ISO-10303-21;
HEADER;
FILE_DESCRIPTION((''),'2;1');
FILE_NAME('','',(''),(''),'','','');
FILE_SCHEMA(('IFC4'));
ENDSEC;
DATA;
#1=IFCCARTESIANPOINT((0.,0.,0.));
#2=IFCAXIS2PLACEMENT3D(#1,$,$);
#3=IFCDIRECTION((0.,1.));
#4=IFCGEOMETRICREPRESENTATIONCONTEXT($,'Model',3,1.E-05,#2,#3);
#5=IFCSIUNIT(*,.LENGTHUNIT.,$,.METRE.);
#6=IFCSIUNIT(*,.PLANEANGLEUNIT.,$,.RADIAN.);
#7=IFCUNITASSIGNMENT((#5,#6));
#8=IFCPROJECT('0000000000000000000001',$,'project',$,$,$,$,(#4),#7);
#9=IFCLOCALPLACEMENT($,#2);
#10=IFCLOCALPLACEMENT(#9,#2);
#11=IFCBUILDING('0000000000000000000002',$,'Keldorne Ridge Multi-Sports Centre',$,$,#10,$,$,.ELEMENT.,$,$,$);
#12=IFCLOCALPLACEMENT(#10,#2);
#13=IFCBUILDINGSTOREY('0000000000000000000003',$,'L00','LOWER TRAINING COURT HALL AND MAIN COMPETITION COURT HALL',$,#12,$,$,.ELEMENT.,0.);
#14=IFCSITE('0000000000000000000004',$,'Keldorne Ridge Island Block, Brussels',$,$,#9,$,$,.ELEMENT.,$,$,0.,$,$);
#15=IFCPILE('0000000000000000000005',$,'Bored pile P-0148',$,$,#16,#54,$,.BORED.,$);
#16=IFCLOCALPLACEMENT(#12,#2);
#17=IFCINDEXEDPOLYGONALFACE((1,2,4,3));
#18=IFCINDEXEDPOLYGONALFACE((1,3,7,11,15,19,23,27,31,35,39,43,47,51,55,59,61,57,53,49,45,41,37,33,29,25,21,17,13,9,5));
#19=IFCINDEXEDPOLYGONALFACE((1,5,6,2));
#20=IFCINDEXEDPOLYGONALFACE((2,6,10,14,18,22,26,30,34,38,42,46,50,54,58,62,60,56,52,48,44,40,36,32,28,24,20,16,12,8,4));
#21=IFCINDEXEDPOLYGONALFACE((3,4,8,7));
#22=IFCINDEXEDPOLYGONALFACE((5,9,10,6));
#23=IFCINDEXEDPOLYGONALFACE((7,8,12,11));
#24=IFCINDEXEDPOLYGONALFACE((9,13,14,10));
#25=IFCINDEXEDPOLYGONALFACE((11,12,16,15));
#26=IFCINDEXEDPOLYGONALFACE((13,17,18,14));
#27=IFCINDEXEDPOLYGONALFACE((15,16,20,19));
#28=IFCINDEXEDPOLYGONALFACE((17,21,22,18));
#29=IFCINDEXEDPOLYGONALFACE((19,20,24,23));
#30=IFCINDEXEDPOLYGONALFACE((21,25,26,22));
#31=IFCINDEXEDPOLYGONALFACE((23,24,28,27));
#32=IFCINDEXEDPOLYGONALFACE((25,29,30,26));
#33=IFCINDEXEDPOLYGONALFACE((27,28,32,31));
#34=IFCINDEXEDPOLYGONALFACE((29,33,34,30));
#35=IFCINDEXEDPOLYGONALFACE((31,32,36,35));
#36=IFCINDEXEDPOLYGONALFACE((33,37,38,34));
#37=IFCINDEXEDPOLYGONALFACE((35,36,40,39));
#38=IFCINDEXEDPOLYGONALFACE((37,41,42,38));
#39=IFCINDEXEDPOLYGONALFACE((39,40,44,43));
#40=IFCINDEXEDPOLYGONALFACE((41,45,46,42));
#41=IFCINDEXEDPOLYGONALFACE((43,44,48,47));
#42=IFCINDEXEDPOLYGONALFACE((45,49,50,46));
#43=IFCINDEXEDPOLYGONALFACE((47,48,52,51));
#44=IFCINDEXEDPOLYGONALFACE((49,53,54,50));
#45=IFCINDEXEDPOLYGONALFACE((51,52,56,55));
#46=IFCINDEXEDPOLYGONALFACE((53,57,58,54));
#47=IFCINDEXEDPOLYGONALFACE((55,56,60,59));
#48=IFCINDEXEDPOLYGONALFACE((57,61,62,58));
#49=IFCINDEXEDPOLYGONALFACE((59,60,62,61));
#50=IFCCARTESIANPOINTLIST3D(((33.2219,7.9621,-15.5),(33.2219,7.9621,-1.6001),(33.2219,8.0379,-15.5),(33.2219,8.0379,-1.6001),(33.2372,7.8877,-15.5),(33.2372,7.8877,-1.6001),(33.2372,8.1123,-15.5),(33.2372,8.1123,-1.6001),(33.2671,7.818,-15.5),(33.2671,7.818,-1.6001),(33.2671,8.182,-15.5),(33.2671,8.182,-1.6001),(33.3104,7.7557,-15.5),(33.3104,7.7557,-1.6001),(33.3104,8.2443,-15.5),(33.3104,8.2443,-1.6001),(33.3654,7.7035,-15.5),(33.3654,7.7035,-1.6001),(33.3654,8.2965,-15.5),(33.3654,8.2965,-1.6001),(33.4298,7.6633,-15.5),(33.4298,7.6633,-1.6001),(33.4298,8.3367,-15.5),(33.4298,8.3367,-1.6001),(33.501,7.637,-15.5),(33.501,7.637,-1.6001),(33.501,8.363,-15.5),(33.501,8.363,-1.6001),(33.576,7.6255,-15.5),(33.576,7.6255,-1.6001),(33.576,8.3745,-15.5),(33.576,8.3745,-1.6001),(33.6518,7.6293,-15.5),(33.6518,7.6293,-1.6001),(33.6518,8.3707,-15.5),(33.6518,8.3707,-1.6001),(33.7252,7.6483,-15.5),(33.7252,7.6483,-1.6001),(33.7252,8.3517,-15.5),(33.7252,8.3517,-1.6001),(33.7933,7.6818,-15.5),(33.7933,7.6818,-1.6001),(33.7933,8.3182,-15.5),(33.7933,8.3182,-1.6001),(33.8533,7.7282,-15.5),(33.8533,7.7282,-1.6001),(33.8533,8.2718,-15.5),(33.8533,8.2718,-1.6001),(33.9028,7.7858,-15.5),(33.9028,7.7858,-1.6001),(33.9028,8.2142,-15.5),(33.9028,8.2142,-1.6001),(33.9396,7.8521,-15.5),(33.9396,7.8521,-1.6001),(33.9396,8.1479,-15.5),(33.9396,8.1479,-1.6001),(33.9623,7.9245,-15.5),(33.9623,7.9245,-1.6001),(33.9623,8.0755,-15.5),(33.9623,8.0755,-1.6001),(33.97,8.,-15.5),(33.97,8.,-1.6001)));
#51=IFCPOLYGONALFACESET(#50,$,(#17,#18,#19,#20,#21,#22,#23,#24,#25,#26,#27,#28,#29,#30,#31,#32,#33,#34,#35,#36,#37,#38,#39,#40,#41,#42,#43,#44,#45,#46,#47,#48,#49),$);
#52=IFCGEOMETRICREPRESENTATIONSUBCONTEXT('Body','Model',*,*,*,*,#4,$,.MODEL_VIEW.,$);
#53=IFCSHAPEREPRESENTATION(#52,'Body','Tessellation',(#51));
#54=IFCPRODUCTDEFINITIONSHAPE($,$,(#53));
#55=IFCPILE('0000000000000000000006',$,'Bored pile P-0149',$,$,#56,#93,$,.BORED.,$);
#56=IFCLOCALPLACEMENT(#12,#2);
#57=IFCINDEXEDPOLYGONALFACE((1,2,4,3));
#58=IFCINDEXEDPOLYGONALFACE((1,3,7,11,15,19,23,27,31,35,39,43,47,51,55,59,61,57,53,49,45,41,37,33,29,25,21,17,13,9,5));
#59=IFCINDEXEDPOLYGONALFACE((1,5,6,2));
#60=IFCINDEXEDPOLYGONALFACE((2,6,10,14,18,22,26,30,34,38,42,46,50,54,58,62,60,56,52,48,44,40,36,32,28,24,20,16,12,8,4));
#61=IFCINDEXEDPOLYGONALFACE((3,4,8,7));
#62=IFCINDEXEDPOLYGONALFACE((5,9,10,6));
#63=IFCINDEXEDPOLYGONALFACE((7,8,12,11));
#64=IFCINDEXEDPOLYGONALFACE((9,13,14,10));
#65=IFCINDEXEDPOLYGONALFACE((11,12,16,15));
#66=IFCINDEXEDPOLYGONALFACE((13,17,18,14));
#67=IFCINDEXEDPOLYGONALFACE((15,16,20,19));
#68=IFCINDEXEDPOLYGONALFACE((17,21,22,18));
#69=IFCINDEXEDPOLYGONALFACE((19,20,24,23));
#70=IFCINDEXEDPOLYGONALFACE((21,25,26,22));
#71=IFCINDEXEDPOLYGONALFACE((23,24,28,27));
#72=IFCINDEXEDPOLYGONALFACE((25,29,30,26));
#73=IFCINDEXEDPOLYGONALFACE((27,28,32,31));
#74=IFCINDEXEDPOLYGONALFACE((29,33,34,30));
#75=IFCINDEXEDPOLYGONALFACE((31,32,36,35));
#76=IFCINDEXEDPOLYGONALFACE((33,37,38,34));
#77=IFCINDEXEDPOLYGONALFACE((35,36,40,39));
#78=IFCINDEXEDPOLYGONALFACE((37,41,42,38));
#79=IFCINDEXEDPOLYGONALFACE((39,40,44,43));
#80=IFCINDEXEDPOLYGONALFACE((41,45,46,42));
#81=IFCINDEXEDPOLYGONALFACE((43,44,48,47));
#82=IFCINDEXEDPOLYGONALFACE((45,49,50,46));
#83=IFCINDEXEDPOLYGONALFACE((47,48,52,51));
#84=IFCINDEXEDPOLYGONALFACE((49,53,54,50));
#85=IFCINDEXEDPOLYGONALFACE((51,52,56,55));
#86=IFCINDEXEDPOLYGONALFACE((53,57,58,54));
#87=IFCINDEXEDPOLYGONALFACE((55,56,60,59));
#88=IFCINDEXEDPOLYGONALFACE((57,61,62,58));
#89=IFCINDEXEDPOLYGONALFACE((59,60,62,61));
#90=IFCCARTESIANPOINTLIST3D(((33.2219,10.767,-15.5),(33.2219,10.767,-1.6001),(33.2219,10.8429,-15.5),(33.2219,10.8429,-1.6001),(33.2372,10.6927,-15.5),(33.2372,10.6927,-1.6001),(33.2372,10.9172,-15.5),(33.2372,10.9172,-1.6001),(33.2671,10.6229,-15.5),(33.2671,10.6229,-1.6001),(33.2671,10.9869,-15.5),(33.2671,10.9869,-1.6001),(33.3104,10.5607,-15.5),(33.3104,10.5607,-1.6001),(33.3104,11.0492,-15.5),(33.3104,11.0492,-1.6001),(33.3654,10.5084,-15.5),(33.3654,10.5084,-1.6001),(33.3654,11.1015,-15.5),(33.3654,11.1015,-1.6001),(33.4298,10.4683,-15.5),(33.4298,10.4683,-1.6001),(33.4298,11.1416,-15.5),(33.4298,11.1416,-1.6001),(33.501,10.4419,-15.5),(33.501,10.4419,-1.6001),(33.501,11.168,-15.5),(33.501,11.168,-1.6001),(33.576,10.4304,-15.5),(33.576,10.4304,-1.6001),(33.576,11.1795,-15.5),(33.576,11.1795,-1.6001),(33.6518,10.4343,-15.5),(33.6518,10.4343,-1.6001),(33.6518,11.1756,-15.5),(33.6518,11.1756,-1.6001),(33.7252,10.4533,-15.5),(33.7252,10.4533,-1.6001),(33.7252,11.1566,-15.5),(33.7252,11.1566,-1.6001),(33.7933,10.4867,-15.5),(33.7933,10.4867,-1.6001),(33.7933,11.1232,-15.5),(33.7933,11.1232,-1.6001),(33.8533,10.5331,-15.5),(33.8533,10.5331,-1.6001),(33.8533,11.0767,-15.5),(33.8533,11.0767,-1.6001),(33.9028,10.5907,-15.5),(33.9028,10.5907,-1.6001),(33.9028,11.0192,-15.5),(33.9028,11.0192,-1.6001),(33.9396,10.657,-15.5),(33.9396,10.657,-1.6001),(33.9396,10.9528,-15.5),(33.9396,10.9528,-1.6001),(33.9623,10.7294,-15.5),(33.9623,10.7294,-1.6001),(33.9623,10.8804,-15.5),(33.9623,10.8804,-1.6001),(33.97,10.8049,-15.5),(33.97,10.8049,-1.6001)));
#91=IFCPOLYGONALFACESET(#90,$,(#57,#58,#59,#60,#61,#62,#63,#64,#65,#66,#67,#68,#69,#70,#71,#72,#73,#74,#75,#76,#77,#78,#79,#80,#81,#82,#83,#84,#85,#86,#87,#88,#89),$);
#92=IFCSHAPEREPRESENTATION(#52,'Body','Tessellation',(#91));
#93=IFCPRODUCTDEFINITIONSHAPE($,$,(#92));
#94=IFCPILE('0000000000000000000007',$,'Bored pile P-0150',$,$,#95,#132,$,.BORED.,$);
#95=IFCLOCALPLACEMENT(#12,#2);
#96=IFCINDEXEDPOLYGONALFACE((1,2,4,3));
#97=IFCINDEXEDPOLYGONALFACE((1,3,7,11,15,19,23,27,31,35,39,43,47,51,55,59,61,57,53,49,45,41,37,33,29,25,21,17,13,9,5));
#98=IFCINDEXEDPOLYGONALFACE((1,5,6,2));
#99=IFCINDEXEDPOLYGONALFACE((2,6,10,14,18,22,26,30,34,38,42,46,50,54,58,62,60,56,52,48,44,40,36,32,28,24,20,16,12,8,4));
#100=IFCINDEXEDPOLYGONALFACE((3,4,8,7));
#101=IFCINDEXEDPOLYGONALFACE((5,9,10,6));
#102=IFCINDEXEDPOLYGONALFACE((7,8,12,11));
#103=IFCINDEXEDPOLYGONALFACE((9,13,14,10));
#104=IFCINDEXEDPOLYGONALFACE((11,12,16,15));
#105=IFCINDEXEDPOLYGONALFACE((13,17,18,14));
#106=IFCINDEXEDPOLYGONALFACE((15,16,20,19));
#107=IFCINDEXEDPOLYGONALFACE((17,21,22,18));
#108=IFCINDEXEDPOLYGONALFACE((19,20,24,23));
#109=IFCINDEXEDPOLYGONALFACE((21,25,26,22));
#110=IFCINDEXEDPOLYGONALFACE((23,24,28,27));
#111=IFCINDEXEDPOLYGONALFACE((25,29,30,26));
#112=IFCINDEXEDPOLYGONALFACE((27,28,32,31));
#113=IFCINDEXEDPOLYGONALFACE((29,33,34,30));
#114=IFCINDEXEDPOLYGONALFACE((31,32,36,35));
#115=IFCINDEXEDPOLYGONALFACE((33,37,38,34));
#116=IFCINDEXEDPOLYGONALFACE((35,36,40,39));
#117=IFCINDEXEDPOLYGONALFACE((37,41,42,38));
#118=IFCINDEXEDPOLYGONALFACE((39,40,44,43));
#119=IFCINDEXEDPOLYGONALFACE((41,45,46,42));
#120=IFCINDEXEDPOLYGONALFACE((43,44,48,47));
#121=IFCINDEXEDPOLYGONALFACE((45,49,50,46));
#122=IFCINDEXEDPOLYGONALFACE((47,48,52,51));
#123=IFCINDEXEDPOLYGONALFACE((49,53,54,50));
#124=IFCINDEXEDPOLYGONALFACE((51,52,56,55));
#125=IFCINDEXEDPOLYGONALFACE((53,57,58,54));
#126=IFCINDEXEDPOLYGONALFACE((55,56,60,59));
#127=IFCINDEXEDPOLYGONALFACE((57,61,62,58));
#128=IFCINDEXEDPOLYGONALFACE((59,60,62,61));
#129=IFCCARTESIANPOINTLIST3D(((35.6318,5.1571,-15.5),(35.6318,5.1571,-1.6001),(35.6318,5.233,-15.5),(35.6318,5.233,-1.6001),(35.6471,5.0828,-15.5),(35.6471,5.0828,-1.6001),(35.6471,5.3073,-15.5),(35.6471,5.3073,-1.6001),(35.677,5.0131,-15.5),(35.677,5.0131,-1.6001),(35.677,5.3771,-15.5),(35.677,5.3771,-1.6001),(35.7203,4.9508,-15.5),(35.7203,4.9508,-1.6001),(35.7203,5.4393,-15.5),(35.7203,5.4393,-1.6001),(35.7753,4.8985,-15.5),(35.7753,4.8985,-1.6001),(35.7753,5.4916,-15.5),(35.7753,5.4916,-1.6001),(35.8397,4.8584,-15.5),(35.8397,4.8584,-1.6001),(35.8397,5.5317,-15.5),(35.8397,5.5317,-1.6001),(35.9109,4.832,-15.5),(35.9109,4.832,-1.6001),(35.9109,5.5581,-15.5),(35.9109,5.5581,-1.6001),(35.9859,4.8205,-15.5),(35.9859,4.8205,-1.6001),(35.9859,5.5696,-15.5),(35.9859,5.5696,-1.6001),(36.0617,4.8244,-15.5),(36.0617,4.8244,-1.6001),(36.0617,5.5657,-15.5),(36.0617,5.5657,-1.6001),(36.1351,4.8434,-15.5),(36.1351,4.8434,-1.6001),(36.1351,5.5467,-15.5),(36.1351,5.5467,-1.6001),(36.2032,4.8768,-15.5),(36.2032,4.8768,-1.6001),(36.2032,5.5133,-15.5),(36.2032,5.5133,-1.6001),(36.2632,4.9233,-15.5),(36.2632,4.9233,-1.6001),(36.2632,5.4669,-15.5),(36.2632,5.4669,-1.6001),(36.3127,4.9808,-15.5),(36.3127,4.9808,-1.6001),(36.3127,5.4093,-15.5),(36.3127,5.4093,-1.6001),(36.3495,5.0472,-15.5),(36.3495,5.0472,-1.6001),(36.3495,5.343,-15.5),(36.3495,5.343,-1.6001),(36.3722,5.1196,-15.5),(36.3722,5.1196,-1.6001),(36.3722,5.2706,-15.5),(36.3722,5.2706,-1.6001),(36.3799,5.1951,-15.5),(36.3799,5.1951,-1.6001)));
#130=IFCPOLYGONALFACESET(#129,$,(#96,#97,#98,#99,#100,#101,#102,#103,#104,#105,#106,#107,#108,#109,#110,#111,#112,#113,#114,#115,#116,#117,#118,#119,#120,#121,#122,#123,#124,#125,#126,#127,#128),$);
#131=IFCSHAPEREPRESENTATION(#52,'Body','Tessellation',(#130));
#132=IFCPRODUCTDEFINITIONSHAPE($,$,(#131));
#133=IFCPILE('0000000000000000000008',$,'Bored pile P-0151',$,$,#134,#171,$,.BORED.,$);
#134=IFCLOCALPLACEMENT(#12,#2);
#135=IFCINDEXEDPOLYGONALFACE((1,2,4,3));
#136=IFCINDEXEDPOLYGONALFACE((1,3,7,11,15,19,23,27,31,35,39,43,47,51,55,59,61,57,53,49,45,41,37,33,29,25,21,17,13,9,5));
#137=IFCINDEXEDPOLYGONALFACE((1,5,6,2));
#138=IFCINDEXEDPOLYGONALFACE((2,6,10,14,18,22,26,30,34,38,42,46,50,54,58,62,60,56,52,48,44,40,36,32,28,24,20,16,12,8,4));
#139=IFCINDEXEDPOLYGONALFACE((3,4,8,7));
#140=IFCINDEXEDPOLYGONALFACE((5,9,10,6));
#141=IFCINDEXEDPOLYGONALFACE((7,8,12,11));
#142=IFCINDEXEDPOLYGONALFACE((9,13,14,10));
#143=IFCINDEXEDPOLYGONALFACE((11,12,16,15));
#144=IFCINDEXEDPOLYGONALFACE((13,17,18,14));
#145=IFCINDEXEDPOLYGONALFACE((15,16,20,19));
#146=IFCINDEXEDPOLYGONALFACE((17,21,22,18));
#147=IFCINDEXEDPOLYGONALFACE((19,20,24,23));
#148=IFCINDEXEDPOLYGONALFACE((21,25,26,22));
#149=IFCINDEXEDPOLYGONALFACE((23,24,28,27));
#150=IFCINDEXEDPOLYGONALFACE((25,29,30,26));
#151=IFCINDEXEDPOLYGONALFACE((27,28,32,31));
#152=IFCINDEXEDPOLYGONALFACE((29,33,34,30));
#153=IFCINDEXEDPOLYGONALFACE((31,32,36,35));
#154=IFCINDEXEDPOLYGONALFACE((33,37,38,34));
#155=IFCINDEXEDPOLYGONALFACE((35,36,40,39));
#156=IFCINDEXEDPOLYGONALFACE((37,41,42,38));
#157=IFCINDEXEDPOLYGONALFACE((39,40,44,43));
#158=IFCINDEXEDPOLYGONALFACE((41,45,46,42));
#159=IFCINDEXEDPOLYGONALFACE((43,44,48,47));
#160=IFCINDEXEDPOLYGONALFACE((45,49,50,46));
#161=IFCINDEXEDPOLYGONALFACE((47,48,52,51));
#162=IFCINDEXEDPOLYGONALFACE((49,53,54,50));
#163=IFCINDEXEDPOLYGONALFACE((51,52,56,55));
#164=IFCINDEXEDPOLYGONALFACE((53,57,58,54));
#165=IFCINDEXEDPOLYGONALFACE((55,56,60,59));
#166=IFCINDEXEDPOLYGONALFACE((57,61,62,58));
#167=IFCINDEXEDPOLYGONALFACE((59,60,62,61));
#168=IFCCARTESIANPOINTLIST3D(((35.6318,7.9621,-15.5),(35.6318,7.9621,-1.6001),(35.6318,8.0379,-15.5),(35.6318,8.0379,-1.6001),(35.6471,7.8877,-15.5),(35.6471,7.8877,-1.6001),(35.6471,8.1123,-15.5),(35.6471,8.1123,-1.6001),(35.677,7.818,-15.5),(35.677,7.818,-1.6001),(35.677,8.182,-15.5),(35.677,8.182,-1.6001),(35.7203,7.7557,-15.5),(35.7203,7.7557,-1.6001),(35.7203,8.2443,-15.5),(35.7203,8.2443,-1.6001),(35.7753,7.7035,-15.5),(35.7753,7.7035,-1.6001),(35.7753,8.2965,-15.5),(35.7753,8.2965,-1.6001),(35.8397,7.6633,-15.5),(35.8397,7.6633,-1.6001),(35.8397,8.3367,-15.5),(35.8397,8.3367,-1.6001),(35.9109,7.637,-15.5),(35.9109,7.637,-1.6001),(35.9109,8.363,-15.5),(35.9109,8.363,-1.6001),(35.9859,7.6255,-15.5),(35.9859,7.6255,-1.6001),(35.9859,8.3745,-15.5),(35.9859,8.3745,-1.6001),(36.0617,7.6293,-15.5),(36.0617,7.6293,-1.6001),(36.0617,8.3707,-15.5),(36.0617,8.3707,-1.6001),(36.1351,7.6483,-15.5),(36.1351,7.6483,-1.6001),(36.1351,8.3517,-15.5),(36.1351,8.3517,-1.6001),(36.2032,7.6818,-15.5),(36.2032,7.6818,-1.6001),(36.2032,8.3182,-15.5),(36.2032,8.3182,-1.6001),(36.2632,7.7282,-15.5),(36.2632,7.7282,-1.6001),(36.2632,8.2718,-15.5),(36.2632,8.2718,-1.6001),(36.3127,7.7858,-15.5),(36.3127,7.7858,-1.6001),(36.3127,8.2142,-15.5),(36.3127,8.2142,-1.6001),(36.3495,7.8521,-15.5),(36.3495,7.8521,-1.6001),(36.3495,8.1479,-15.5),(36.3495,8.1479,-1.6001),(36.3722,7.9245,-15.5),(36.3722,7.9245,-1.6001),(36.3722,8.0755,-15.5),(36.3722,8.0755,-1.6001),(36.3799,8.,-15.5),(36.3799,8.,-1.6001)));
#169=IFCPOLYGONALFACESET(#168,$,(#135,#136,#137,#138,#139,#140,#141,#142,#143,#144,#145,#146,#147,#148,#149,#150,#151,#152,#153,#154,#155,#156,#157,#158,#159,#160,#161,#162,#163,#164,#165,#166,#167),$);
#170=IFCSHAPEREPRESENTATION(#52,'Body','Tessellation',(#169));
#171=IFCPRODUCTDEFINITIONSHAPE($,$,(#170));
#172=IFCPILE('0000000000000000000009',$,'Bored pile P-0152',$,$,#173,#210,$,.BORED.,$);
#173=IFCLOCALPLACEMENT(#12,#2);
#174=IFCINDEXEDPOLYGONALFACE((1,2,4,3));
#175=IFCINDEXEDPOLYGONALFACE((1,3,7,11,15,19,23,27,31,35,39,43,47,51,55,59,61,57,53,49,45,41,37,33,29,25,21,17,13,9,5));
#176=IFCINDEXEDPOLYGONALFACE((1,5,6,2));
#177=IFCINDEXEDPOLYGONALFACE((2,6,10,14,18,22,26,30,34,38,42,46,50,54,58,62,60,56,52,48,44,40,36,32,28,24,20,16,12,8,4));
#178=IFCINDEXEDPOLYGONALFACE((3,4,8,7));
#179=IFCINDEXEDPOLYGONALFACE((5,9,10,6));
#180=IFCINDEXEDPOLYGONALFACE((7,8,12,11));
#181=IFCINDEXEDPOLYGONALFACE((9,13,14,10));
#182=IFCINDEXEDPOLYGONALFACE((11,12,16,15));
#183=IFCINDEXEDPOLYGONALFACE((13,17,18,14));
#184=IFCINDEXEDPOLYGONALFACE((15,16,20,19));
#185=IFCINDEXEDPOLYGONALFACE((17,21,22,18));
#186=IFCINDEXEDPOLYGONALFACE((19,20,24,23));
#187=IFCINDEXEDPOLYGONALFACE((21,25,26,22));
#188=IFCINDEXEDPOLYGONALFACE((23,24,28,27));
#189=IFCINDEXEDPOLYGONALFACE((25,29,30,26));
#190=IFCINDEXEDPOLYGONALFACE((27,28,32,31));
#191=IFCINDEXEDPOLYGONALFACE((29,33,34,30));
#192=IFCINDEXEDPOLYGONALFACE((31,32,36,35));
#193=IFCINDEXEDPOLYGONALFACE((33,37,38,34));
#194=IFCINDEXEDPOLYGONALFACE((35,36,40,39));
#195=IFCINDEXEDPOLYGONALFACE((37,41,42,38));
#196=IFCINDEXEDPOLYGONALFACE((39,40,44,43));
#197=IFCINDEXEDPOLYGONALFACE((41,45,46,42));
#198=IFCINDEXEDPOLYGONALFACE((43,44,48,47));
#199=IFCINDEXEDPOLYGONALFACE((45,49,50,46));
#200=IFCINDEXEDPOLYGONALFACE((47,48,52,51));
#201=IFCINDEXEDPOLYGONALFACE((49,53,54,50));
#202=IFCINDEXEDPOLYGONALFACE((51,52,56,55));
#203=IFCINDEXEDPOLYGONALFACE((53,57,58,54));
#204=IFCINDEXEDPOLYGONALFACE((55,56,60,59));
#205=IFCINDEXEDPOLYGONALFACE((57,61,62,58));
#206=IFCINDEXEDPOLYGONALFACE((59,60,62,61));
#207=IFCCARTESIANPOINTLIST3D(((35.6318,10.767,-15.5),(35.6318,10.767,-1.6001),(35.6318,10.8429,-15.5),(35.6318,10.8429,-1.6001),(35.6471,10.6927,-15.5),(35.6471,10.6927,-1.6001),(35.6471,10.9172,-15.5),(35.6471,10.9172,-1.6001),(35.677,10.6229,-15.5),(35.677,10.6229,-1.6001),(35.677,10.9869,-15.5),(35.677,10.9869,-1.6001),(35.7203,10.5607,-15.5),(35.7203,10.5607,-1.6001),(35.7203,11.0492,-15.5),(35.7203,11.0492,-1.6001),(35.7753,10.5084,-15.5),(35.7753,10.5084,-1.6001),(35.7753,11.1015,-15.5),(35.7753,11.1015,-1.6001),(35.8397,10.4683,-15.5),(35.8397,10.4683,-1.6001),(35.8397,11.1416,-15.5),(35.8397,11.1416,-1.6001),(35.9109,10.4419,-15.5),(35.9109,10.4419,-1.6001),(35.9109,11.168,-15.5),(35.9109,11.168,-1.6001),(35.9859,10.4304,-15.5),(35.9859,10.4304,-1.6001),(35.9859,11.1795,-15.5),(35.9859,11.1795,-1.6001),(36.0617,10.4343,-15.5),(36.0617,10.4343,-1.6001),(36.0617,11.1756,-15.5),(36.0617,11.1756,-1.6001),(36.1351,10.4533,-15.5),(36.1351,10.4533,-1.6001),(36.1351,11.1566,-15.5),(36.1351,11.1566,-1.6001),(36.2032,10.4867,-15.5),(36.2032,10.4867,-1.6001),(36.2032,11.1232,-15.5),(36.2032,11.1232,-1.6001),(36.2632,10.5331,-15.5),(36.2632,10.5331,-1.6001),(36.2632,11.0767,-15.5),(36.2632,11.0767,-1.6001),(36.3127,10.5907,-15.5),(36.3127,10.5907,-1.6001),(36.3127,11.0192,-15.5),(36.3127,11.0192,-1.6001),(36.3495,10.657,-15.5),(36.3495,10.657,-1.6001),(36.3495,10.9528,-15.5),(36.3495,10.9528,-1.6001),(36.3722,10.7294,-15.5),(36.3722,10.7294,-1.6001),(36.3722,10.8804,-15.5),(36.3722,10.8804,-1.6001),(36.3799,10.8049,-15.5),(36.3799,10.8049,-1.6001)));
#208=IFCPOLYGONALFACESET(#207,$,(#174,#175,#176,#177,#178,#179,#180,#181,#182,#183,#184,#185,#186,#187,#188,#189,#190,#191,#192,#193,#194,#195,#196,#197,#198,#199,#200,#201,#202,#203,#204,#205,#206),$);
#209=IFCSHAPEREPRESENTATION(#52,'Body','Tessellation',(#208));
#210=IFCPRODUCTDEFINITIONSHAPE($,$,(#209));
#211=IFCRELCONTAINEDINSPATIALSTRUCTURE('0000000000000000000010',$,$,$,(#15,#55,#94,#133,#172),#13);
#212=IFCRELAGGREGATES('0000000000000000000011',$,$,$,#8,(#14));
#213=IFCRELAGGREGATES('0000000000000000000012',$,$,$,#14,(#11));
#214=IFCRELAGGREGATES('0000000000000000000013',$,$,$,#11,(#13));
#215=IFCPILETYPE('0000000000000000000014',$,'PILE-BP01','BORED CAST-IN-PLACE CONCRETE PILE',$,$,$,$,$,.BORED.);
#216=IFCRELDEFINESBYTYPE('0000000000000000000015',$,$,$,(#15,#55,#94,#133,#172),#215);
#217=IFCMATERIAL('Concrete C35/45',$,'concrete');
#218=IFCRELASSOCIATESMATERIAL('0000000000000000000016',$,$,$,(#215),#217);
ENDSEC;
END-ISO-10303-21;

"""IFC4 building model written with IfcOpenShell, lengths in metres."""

from ifc_helpers import new_model, si_unit, direction, frame, origin, origin_2d, place, context, subcontext, project, spatial, circle, extrude, material, material_profile, profile_set, type_object, element, save


model = new_model("IFC4")

# Units and contexts
model_context = context("Model", 3, precision=1e-05, world=origin(), true_north=direction((0.0, 1.0)))
body_context = subcontext(model_context, "Body", "Model", "MODEL_VIEW")
ifc_project = project(units=[si_unit("LENGTHUNIT", "METRE"), si_unit("PLANEANGLEUNIT", "RADIAN")], contexts=[model_context])

# Site, building, storey
site_placement = place(None, origin())
site = spatial("IfcSite", under=ifc_project, at=site_placement, Name="Keldorne Ridge Island Block, Brussels", CompositionType="ELEMENT", RefElevation=0.0)
building_placement = place(site_placement, origin())
building = spatial("IfcBuilding", under=site, at=building_placement, Name="Keldorne Ridge Multi-Sports Centre", CompositionType="ELEMENT")
storey_placement = place(building_placement, origin())
storey = spatial("IfcBuildingStorey", under=building, at=storey_placement, Name="L00", Description="LOWER TRAINING COURT HALL AND MAIN COMPETITION COURT HALL", CompositionType="ELEMENT", Elevation=0.0)

# Shared definitions
ifc_material_1 = material(Name="Concrete C35/45", Category="concrete")

# Piles
ifc_material_profile_1 = material_profile(ifc_material_1, circle(Radius=0.375, at=origin_2d()), Name="BORED PILE D750")
ifc_profile_set_1 = profile_set([ifc_material_profile_1], Name="Concrete C35/45")
pile_type = type_object("IfcPileType", Name="PILE-BP01", Description="BORED CAST-IN-PLACE CONCRETE PILE", PredefinedType="BORED", material=ifc_profile_set_1)
for number, where, z_axis, x_axis, name in (
    (1, (33.595, 8.0, -1.6001), (0.0, 0.0, -1.0), (1.0, 0.0, 0.0), "Bored pile P-0148"),
    (2, (33.595, 10.8049, -1.6001), (0.0, 0.0, -1.0), (1.0, 0.0, 0.0), "Bored pile P-0149"),
    (3, (36.0049, 5.1951, -1.6001), (0.0, 0.0, -1.0), (1.0, 0.0, 0.0), "Bored pile P-0150"),
    (4, (36.0049, 8.0, -1.6001), (0.0, 0.0, -1.0), (1.0, 0.0, 0.0), "Bored pile P-0151"),
    (5, (36.0049, 10.8049, -1.6001), (0.0, 0.0, -1.0), (1.0, 0.0, 0.0), "Bored pile P-0152"),
):
    element("IfcPile", number, at=place(storey_placement, frame(where, z_axis=z_axis, x_axis=x_axis)), inside=storey, type_object=pile_type, Name=name, PredefinedType="BORED", context=body_context, shape_type="SweptSolid", body=[
        extrude(circle(Radius=0.375, at=origin_2d()), origin(), (0.0, 0.0, 1.0), 13.8999),
    ])

save(model, "model.ifc")
